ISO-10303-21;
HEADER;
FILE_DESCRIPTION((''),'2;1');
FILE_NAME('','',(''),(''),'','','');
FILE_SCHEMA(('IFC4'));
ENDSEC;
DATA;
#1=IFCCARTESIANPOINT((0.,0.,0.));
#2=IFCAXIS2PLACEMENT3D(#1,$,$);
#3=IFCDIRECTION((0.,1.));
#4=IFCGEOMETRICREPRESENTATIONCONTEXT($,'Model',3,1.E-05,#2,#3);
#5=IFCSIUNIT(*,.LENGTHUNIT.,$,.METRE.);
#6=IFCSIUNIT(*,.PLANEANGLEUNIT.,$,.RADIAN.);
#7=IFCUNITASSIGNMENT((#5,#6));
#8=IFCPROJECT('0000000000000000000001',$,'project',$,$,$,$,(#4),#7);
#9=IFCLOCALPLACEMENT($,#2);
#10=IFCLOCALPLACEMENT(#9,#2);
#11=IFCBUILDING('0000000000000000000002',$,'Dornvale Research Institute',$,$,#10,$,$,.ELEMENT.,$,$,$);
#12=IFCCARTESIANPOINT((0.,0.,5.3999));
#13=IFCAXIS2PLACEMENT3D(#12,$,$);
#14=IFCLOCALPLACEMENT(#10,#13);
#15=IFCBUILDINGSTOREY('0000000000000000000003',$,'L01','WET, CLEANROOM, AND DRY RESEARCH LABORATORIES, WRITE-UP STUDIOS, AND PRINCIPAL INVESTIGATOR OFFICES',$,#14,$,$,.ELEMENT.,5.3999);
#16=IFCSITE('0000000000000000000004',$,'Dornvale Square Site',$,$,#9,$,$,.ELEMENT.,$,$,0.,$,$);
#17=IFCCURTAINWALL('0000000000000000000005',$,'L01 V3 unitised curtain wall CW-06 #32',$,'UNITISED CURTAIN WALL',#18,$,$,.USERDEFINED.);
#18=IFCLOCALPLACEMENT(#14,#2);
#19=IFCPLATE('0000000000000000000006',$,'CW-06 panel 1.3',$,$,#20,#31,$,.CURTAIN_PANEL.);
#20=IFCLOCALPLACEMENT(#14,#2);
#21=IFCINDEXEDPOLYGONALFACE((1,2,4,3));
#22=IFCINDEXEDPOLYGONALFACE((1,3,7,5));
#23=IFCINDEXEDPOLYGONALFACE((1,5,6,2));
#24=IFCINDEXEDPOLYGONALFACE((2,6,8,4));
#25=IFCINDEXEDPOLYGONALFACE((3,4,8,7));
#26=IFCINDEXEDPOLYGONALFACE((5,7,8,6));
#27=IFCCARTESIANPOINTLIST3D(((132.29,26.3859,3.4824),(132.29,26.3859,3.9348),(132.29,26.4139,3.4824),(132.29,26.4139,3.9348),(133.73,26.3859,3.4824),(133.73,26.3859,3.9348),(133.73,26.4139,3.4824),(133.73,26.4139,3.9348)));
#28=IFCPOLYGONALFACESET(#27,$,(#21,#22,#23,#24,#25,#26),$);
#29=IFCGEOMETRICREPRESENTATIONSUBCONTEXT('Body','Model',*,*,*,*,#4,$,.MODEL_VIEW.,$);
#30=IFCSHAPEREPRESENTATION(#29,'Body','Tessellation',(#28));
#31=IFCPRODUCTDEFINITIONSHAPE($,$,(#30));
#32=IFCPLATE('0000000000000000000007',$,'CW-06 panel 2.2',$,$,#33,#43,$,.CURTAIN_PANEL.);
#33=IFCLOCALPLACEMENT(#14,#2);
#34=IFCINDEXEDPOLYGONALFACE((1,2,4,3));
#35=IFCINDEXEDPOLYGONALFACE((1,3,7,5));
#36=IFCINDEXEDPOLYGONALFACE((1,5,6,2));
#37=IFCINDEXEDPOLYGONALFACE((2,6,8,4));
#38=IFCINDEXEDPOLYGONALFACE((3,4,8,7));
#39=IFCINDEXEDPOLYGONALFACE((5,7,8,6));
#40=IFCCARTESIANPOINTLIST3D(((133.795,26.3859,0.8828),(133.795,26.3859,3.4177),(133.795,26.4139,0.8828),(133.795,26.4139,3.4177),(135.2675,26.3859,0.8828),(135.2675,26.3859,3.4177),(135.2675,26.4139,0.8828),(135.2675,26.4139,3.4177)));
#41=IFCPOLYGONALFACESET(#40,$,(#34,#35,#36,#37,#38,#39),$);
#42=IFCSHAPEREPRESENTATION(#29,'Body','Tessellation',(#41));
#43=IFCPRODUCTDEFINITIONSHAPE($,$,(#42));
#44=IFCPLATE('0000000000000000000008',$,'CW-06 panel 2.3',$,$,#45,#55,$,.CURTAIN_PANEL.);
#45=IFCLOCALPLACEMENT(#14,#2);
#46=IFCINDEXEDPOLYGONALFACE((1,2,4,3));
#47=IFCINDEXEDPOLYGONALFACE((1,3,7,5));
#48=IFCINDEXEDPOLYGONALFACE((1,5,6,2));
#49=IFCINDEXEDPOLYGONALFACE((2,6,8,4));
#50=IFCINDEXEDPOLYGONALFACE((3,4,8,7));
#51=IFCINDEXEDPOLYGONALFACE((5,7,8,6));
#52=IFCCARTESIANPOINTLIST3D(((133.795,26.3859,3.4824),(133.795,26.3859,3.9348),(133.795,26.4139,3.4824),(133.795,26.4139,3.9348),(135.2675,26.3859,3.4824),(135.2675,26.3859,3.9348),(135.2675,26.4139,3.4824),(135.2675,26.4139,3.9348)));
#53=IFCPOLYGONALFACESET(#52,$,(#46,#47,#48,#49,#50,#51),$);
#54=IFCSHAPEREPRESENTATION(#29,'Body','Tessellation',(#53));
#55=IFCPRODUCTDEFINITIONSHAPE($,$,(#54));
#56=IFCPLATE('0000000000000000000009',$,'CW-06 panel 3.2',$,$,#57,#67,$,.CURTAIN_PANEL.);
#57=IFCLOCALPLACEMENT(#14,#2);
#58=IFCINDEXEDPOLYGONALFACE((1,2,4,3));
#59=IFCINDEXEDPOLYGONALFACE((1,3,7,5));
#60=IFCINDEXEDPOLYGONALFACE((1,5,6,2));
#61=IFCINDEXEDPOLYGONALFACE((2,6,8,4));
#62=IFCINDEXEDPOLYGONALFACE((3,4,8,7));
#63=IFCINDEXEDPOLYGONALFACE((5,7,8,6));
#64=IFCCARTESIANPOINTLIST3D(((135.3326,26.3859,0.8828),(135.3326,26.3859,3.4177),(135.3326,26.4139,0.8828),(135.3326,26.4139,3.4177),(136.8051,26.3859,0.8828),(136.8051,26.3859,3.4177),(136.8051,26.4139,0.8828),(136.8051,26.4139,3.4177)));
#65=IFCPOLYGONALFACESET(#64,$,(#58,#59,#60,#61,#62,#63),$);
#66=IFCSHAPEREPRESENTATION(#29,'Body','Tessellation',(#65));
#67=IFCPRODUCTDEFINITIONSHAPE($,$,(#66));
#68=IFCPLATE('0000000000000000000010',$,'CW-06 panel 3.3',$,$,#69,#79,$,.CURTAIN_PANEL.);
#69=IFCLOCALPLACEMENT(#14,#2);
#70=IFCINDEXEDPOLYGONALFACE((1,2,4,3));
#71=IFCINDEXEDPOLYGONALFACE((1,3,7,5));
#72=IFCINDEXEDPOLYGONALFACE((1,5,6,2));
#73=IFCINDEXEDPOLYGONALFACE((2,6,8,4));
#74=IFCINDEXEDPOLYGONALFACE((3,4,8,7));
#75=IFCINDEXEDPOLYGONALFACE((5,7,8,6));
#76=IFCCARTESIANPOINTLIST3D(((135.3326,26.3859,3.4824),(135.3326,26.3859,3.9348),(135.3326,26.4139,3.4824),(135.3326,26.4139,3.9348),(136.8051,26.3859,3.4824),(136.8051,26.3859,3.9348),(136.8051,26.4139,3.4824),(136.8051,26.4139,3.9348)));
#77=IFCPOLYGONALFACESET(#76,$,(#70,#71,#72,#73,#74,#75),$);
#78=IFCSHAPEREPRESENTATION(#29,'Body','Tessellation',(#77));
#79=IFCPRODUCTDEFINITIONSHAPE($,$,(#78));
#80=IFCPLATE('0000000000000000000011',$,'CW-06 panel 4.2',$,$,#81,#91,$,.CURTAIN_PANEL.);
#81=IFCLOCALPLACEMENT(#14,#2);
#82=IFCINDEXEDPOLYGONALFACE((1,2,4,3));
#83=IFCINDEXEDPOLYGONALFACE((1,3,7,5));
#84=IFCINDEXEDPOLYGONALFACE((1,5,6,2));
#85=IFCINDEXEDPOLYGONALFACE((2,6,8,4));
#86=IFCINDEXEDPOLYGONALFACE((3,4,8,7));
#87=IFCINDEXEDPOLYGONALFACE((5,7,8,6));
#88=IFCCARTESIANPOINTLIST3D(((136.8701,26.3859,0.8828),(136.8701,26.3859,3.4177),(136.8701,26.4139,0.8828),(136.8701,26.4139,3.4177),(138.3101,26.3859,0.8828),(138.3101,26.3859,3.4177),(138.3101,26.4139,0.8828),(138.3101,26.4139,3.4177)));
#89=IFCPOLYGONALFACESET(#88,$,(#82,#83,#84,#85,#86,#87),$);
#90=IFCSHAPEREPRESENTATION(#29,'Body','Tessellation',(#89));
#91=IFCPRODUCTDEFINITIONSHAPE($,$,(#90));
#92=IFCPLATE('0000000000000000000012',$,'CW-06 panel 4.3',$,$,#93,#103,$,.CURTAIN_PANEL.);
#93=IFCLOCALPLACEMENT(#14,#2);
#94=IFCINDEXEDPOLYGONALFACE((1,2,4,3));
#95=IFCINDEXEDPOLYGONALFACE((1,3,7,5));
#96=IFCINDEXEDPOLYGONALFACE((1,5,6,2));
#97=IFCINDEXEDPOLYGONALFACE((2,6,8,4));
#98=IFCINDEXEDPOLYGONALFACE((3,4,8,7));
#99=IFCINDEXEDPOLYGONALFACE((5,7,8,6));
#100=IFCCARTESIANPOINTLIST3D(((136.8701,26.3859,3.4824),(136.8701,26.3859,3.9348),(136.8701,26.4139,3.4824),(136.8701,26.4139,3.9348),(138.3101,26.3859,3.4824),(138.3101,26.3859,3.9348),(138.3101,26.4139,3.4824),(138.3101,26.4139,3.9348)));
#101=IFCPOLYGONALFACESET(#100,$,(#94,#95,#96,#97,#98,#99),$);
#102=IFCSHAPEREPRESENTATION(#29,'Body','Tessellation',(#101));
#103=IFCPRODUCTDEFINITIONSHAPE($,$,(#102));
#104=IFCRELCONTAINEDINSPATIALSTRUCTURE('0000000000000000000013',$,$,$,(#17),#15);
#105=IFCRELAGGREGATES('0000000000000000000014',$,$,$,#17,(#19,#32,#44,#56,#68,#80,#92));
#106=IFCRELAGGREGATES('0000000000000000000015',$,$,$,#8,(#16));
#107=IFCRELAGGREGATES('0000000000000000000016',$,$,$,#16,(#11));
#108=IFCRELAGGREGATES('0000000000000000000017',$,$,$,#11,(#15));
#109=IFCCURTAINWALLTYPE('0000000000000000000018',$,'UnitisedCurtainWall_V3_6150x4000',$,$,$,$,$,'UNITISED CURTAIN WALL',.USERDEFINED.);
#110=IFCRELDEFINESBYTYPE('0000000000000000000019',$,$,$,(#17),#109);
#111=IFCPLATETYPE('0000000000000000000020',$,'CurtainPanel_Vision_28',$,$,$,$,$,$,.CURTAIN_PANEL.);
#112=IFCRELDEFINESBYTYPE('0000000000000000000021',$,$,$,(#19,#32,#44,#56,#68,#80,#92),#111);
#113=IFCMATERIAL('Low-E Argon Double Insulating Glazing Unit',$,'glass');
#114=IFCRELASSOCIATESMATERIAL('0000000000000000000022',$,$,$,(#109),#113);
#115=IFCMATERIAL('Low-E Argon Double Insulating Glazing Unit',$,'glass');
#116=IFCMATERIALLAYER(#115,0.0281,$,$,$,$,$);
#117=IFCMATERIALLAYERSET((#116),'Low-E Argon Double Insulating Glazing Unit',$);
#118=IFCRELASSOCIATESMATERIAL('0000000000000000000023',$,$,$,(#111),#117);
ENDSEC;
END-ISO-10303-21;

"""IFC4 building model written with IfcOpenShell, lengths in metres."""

from ifc_helpers import new_model, si_unit, direction, frame, origin, origin_2d, place, context, subcontext, project, spatial, rectangle, extrude, material, layer, layer_set, type_object, element, aggregate, save


model = new_model("IFC4")

# Units and contexts
model_context = context("Model", 3, precision=1e-05, world=origin(), true_north=direction((0.0, 1.0)))
body_context = subcontext(model_context, "Body", "Model", "MODEL_VIEW")
ifc_project = project(units=[si_unit("LENGTHUNIT", "METRE"), si_unit("PLANEANGLEUNIT", "RADIAN")], contexts=[model_context])

# Site, building, storey
site_placement = place(None, origin())
site = spatial("IfcSite", under=ifc_project, at=site_placement, Name="Dornvale Square Site", CompositionType="ELEMENT", RefElevation=0.0)
building_placement = place(site_placement, origin())
building = spatial("IfcBuilding", under=site, at=building_placement, Name="Dornvale Research Institute", CompositionType="ELEMENT")
storey_placement = place(building_placement, frame((0.0, 0.0, 5.3999)))
storey = spatial("IfcBuildingStorey", under=building, at=storey_placement, Name="L01", Description="WET, CLEANROOM, AND DRY RESEARCH LABORATORIES, WRITE-UP STUDIOS, AND PRINCIPAL INVESTIGATOR OFFICES", CompositionType="ELEMENT", Elevation=5.3999)

# Curtain wall
ifc_material_1 = material(Name="Low-E Argon Double Insulating Glazing Unit", Category="glass")
curtain_wall_type = type_object("IfcCurtainWallType", Name="UnitisedCurtainWall_V3_6150x4000", ElementType="UNITISED CURTAIN WALL", PredefinedType="USERDEFINED", material=ifc_material_1)
curtain_wall_placement = place(storey_placement, origin())
curtain_wall = element("IfcCurtainWall", 1, at=curtain_wall_placement, inside=storey, type_object=curtain_wall_type, Name="L01 V3 unitised curtain wall CW-06 #32", ObjectType="UNITISED CURTAIN WALL", PredefinedType="USERDEFINED")

# Plates
ifc_material_2 = material(Name="Low-E Argon Double Insulating Glazing Unit", Category="glass")
ifc_layer_1 = layer(ifc_material_2, 0.0281)
ifc_layer_set_1 = layer_set([ifc_layer_1], Name="Low-E Argon Double Insulating Glazing Unit")
plate_type_1 = type_object("IfcPlateType", Name="CurtainPanel_Vision_28", PredefinedType="CURTAIN_PANEL", material=ifc_layer_set_1)
plate_1_placement = place(storey_placement, frame((133.01, 26.3999, 3.4824), z_axis=(0.0, 0.0, 1.0), x_axis=(1.0, 0.0, 0.0)))
plate_1 = element("IfcPlate", 2, at=plate_1_placement, type_object=plate_type_1, Name="CW-06 panel 1.3", PredefinedType="CURTAIN_PANEL", context=body_context, shape_type="SweptSolid", body=[
    extrude(rectangle(XDim=1.4399, YDim=0.0281, at=origin_2d()), origin(), (0.0, 0.0, 1.0), 0.4524),
])
plate_2_placement = place(storey_placement, frame((134.5312, 26.3999, 0.8828), z_axis=(0.0, 0.0, 1.0), x_axis=(1.0, 0.0, 0.0)))
plate_2 = element("IfcPlate", 3, at=plate_2_placement, type_object=plate_type_1, Name="CW-06 panel 2.2", PredefinedType="CURTAIN_PANEL", context=body_context, shape_type="SweptSolid", body=[
    extrude(rectangle(XDim=1.4724, YDim=0.0281, at=origin_2d()), origin(), (0.0, 0.0, 1.0), 2.5349),
])
plate_3_placement = place(storey_placement, frame((134.5312, 26.3999, 3.4824), z_axis=(0.0, 0.0, 1.0), x_axis=(1.0, 0.0, 0.0)))
plate_3 = element("IfcPlate", 4, at=plate_3_placement, type_object=plate_type_1, Name="CW-06 panel 2.3", PredefinedType="CURTAIN_PANEL", context=body_context, shape_type="SweptSolid", body=[
    extrude(rectangle(XDim=1.4724, YDim=0.0281, at=origin_2d()), origin(), (0.0, 0.0, 1.0), 0.4524),
])
plate_4_placement = place(storey_placement, frame((136.0688, 26.3999, 0.8828), z_axis=(0.0, 0.0, 1.0), x_axis=(1.0, 0.0, 0.0)))
plate_4 = element("IfcPlate", 5, at=plate_4_placement, type_object=plate_type_1, Name="CW-06 panel 3.2", PredefinedType="CURTAIN_PANEL", context=body_context, shape_type="SweptSolid", body=[
    extrude(rectangle(XDim=1.4724, YDim=0.0281, at=origin_2d()), origin(), (0.0, 0.0, 1.0), 2.5349),
])
plate_5_placement = place(storey_placement, frame((136.0688, 26.3999, 3.4824), z_axis=(0.0, 0.0, 1.0), x_axis=(1.0, 0.0, 0.0)))
plate_5 = element("IfcPlate", 6, at=plate_5_placement, type_object=plate_type_1, Name="CW-06 panel 3.3", PredefinedType="CURTAIN_PANEL", context=body_context, shape_type="SweptSolid", body=[
    extrude(rectangle(XDim=1.4724, YDim=0.0281, at=origin_2d()), origin(), (0.0, 0.0, 1.0), 0.4524),
])
plate_6_placement = place(storey_placement, frame((137.5901, 26.3999, 0.8828), z_axis=(0.0, 0.0, 1.0), x_axis=(1.0, 0.0, 0.0)))
plate_6 = element("IfcPlate", 7, at=plate_6_placement, type_object=plate_type_1, Name="CW-06 panel 4.2", PredefinedType="CURTAIN_PANEL", context=body_context, shape_type="SweptSolid", body=[
    extrude(rectangle(XDim=1.4399, YDim=0.0281, at=origin_2d()), origin(), (0.0, 0.0, 1.0), 2.5349),
])
plate_7_placement = place(storey_placement, frame((137.5901, 26.3999, 3.4824), z_axis=(0.0, 0.0, 1.0), x_axis=(1.0, 0.0, 0.0)))
plate_7 = element("IfcPlate", 8, at=plate_7_placement, type_object=plate_type_1, Name="CW-06 panel 4.3", PredefinedType="CURTAIN_PANEL", context=body_context, shape_type="SweptSolid", body=[
    extrude(rectangle(XDim=1.4399, YDim=0.0281, at=origin_2d()), origin(), (0.0, 0.0, 1.0), 0.4524),
])
aggregate(curtain_wall, [plate_1, plate_2, plate_3, plate_4, plate_5, plate_6, plate_7])

save(model, "model.ifc")
